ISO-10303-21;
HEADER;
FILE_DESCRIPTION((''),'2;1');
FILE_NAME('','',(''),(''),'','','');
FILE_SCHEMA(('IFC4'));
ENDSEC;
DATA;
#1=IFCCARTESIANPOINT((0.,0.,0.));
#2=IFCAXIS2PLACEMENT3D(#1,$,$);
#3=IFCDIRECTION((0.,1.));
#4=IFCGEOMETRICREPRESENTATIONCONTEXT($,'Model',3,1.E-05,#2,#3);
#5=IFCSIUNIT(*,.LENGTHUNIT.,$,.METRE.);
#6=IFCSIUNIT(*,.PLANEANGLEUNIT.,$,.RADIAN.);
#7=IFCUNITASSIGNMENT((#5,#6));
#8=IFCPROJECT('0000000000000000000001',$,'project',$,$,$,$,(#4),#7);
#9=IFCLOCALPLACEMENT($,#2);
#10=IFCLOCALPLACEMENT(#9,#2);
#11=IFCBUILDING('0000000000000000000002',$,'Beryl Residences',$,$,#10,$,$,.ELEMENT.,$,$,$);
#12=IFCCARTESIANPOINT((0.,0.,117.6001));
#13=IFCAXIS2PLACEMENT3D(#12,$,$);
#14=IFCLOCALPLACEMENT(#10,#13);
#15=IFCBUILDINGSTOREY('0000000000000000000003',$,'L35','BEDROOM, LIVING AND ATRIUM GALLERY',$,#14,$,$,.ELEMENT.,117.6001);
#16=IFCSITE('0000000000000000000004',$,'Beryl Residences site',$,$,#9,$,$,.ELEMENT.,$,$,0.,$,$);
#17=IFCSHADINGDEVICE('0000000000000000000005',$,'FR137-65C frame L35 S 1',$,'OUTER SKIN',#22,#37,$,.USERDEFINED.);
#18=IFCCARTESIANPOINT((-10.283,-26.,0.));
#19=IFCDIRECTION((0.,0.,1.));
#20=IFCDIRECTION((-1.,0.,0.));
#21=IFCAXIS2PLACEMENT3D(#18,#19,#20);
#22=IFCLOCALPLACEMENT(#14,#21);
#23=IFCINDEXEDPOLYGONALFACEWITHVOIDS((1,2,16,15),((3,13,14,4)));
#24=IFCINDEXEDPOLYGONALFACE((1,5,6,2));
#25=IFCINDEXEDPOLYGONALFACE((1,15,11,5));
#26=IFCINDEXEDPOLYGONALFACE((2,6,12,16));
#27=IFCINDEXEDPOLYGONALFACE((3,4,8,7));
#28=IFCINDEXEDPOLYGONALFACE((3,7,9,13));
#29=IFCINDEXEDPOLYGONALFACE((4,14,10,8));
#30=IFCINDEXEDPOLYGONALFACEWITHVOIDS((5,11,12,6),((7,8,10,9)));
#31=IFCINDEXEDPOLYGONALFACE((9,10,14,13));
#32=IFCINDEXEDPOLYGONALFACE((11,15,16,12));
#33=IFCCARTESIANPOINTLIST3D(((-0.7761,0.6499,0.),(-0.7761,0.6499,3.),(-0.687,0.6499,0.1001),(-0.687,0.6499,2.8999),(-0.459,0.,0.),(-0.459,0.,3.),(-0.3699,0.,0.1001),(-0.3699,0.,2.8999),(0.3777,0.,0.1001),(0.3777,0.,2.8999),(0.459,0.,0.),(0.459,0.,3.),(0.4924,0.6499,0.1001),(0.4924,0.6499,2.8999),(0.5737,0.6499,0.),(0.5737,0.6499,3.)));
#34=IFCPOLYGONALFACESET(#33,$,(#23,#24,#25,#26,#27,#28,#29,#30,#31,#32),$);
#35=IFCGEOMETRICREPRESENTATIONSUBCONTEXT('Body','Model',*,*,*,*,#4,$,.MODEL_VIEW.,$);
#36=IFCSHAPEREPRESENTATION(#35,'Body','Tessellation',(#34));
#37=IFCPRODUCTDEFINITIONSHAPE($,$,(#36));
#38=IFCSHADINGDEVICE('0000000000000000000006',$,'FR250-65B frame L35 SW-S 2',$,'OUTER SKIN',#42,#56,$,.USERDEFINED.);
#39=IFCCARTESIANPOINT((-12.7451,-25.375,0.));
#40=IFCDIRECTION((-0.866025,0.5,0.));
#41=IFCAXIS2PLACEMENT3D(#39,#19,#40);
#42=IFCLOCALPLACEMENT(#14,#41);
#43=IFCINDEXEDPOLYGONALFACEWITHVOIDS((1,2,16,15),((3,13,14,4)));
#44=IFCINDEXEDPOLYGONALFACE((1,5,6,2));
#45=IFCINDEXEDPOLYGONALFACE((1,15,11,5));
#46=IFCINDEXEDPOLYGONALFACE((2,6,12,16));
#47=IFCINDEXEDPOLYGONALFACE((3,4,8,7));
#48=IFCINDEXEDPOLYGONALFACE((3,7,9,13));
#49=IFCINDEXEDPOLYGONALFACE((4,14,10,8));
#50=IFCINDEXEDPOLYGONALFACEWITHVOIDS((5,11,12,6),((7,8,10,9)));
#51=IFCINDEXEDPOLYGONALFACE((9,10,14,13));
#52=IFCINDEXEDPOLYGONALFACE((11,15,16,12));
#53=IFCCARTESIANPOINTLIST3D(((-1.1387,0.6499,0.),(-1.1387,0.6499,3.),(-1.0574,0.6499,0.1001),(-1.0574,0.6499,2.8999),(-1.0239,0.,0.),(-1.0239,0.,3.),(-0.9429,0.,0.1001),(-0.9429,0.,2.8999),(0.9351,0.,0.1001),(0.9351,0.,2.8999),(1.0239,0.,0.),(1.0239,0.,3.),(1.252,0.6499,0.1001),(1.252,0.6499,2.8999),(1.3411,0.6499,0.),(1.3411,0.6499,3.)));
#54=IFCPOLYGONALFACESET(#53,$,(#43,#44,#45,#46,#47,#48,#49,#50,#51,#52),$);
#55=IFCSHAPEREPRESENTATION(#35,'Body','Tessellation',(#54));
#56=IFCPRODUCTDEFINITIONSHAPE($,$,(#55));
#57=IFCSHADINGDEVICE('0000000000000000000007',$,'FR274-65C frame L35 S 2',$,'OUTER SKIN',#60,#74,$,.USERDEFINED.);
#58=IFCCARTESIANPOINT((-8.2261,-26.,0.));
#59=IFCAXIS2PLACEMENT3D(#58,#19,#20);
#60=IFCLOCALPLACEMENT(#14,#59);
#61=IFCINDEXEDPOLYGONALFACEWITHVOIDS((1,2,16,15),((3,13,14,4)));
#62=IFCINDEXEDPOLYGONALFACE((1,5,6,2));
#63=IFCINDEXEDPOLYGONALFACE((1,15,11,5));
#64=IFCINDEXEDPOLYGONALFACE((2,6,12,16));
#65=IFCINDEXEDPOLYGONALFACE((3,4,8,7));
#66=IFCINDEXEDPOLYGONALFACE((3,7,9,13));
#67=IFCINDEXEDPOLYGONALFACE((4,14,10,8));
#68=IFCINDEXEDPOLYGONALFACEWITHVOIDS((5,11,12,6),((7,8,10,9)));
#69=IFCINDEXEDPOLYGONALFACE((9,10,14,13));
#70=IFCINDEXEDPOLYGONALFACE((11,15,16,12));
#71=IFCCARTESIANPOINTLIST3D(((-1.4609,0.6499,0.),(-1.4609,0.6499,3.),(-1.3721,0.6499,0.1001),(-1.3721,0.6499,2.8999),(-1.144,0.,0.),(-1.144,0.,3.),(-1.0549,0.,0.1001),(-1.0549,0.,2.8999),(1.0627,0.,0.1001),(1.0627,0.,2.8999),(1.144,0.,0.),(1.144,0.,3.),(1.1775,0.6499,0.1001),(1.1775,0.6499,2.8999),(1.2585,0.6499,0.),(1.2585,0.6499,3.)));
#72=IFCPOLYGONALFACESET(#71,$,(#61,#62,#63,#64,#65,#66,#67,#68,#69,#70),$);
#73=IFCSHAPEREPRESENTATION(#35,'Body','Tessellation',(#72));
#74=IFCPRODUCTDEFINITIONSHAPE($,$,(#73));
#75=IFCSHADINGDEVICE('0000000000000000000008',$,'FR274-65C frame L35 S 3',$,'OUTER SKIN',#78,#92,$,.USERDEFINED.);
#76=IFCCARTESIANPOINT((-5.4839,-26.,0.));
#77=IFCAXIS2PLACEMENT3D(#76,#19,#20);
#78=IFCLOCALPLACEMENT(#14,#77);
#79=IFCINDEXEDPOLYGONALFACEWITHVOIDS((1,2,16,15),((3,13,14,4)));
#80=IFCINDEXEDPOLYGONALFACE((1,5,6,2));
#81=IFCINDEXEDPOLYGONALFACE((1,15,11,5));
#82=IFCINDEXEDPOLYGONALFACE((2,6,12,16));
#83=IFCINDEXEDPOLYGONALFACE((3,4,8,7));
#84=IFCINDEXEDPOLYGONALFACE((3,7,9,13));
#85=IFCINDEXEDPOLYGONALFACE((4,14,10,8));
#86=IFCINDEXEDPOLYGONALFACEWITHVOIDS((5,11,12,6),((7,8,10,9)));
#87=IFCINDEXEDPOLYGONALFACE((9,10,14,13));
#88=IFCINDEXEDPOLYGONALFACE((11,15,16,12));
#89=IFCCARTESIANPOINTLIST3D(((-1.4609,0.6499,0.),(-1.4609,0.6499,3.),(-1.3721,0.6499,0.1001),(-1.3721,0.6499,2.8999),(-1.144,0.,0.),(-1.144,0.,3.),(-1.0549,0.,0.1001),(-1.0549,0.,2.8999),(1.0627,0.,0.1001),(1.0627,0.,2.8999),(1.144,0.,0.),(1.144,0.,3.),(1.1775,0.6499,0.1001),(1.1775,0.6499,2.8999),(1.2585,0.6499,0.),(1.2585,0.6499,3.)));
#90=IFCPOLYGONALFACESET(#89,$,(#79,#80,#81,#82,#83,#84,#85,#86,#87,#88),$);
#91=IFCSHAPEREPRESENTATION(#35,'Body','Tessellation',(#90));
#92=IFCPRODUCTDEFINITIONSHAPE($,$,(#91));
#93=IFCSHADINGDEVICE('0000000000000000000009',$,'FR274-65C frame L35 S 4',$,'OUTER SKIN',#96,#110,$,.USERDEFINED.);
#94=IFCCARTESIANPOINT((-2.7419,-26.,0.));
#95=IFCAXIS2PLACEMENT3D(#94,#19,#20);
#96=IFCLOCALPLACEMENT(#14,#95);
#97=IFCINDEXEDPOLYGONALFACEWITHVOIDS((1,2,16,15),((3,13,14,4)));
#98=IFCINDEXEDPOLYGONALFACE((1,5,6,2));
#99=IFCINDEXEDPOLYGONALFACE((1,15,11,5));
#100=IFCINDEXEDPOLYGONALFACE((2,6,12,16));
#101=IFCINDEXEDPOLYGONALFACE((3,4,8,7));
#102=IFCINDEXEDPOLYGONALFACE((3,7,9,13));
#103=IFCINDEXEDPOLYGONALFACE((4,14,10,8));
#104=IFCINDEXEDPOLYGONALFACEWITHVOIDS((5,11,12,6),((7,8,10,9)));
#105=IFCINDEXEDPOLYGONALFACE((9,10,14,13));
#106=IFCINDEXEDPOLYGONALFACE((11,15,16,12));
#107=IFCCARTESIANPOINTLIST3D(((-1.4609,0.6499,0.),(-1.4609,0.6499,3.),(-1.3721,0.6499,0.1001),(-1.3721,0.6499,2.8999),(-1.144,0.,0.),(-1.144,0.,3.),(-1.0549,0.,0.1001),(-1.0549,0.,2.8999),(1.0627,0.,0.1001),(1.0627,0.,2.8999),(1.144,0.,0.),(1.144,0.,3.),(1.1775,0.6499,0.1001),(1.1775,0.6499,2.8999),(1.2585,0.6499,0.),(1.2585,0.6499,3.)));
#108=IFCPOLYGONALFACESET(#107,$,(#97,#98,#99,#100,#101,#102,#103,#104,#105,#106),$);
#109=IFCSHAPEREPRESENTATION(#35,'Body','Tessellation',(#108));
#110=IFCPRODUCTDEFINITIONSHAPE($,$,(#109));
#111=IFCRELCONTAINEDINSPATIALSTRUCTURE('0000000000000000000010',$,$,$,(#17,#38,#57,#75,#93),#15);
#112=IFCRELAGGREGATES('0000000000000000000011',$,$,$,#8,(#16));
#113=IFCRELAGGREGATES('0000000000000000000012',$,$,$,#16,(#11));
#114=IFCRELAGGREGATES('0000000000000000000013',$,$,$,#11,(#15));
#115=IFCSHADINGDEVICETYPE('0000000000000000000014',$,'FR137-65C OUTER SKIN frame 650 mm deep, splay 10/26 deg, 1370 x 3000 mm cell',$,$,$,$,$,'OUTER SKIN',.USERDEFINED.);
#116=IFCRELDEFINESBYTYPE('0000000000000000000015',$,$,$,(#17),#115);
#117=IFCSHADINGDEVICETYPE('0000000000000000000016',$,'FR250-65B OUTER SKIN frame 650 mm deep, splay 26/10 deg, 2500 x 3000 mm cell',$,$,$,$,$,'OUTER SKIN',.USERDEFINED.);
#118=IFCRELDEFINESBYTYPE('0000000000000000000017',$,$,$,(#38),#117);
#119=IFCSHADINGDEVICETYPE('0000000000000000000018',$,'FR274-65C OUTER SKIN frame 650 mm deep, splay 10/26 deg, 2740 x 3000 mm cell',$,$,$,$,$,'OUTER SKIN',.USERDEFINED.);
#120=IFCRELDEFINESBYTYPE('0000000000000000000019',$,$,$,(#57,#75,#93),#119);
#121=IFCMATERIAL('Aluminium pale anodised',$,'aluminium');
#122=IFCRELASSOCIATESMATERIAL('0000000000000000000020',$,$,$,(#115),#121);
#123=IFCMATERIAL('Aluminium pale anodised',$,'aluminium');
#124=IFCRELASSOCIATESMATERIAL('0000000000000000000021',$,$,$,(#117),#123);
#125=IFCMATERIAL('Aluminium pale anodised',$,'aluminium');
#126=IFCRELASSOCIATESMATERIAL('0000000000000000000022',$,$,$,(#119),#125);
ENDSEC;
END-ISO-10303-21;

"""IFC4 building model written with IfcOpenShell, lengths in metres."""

from ifc_helpers import new_model, entity, si_unit, direction, frame, origin, place, context, subcontext, project, spatial, source, transform, mapped, material, type_object, type_shapes, element, save


model = new_model("IFC4")

# Units and contexts
model_context = context("Model", 3, precision=1e-05, world=origin(), true_north=direction((0.0, 1.0)))
body_context = subcontext(model_context, "Body", "Model", "MODEL_VIEW")
ifc_project = project(units=[si_unit("LENGTHUNIT", "METRE"), si_unit("PLANEANGLEUNIT", "RADIAN")], contexts=[model_context])

# Site, building, storey
site_placement = place(None, origin())
site = spatial("IfcSite", under=ifc_project, at=site_placement, Name="Beryl Residences site", CompositionType="ELEMENT", RefElevation=0.0)
building_placement = place(site_placement, origin())
building = spatial("IfcBuilding", under=site, at=building_placement, Name="Beryl Residences", CompositionType="ELEMENT")
storey_placement = place(building_placement, frame((0.0, 0.0, 117.6001)))
storey = spatial("IfcBuildingStorey", under=building, at=storey_placement, Name="L35", Description="BEDROOM, LIVING AND ATRIUM GALLERY", CompositionType="ELEMENT", Elevation=117.6001)

# Shading devices
ifc_material_1 = material(Name="Aluminium pale anodised", Category="aluminium")
shading_device_type_1 = type_object("IfcShadingDeviceType", Name="FR137-65C OUTER SKIN frame 650 mm deep, splay 10/26 deg, 1370 x 3000 mm cell", ElementType="OUTER SKIN", PredefinedType="USERDEFINED", material=ifc_material_1)
cartesian_point_1 = entity("IfcCartesianPoint", [-0.459, 0.0])
cartesian_point_2 = entity("IfcCartesianPoint", [-0.3777, 0.1001])
cartesian_point_3 = entity("IfcCartesianPoint", [-0.5737, 0.0])
cartesian_point_4 = entity("IfcCartesianPoint", [-0.4924, 0.1001])
shared_shape_1 = source(origin(), body_context, "Body", "SweptSolid", [
    entity("IfcExtrudedAreaSolidTapered", entity("IfcArbitraryProfileDefWithVoids", "AREA", None, entity("IfcPolyline", [cartesian_point_1, entity("IfcCartesianPoint", [0.459, 0.0]), entity("IfcCartesianPoint", [0.459, 3.0]), entity("IfcCartesianPoint", [-0.459, 3.0]), cartesian_point_1]), [entity("IfcPolyline", [cartesian_point_2, entity("IfcCartesianPoint", [0.3699, 0.1001]), entity("IfcCartesianPoint", [0.3699, 2.8999]), entity("IfcCartesianPoint", [-0.3777, 2.8999]), cartesian_point_2])]), entity("IfcAxis2Placement3D", entity("IfcCartesianPoint", [0.0, 0.0, 0.0]), entity("IfcDirection", [0.0, 1.0, 0.0]), entity("IfcDirection", [-1.0, 0.0, 0.0])), entity("IfcDirection", [0.0, 0.0, 1.0]), 0.6499, entity("IfcArbitraryProfileDefWithVoids", "AREA", None, entity("IfcPolyline", [cartesian_point_3, entity("IfcCartesianPoint", [0.7761, 0.0]), entity("IfcCartesianPoint", [0.7761, 3.0]), entity("IfcCartesianPoint", [-0.5737, 3.0]), cartesian_point_3]), [entity("IfcPolyline", [cartesian_point_4, entity("IfcCartesianPoint", [0.687, 0.1001]), entity("IfcCartesianPoint", [0.687, 2.8999]), entity("IfcCartesianPoint", [-0.4924, 2.8999]), cartesian_point_4])])),
])
type_shapes(shading_device_type_1, [shared_shape_1])
shading_device_1_placement = place(storey_placement, frame((-10.283, -26.0, 0.0), z_axis=(0.0, 0.0, 1.0), x_axis=(-1.0, 0.0, 0.0)))
element("IfcShadingDevice", 1, at=shading_device_1_placement, inside=storey, type_object=shading_device_type_1, Name="FR137-65C frame L35 S 1", ObjectType="OUTER SKIN", PredefinedType="USERDEFINED", context=body_context, shape_type="MappedRepresentation", body=[
    mapped(shared_shape_1, transform((0.0, 0.0, 0.0))),
])
ifc_material_2 = material(Name="Aluminium pale anodised", Category="aluminium")
shading_device_type_2 = type_object("IfcShadingDeviceType", Name="FR250-65B OUTER SKIN frame 650 mm deep, splay 26/10 deg, 2500 x 3000 mm cell", ElementType="OUTER SKIN", PredefinedType="USERDEFINED", material=ifc_material_2)
cartesian_point_5 = entity("IfcCartesianPoint", [-1.0239, 0.0])
cartesian_point_6 = entity("IfcCartesianPoint", [-0.9351, 0.1001])
cartesian_point_7 = entity("IfcCartesianPoint", [-1.3411, 0.0])
cartesian_point_8 = entity("IfcCartesianPoint", [-1.252, 0.1001])
shared_shape_2 = source(origin(), body_context, "Body", "SweptSolid", [
    entity("IfcExtrudedAreaSolidTapered", entity("IfcArbitraryProfileDefWithVoids", "AREA", None, entity("IfcPolyline", [cartesian_point_5, entity("IfcCartesianPoint", [1.0239, 0.0]), entity("IfcCartesianPoint", [1.0239, 3.0]), entity("IfcCartesianPoint", [-1.0239, 3.0]), cartesian_point_5]), [entity("IfcPolyline", [cartesian_point_6, entity("IfcCartesianPoint", [0.9429, 0.1001]), entity("IfcCartesianPoint", [0.9429, 2.8999]), entity("IfcCartesianPoint", [-0.9351, 2.8999]), cartesian_point_6])]), entity("IfcAxis2Placement3D", entity("IfcCartesianPoint", [0.0, 0.0, 0.0]), entity("IfcDirection", [0.0, 1.0, 0.0]), entity("IfcDirection", [-1.0, 0.0, 0.0])), entity("IfcDirection", [0.0, 0.0, 1.0]), 0.6499, entity("IfcArbitraryProfileDefWithVoids", "AREA", None, entity("IfcPolyline", [cartesian_point_7, entity("IfcCartesianPoint", [1.1387, 0.0]), entity("IfcCartesianPoint", [1.1387, 3.0]), entity("IfcCartesianPoint", [-1.3411, 3.0]), cartesian_point_7]), [entity("IfcPolyline", [cartesian_point_8, entity("IfcCartesianPoint", [1.0574, 0.1001]), entity("IfcCartesianPoint", [1.0574, 2.8999]), entity("IfcCartesianPoint", [-1.252, 2.8999]), cartesian_point_8])])),
])
type_shapes(shading_device_type_2, [shared_shape_2])
shading_device_2_placement = place(storey_placement, frame((-12.7451, -25.375, 0.0), z_axis=(0.0, 0.0, 1.0), x_axis=(-0.866025, 0.5, 0.0)))
element("IfcShadingDevice", 2, at=shading_device_2_placement, inside=storey, type_object=shading_device_type_2, Name="FR250-65B frame L35 SW-S 2", ObjectType="OUTER SKIN", PredefinedType="USERDEFINED", context=body_context, shape_type="MappedRepresentation", body=[
    mapped(shared_shape_2, transform((0.0, 0.0, 0.0))),
])
ifc_material_3 = material(Name="Aluminium pale anodised", Category="aluminium")
shading_device_type_3 = type_object("IfcShadingDeviceType", Name="FR274-65C OUTER SKIN frame 650 mm deep, splay 10/26 deg, 2740 x 3000 mm cell", ElementType="OUTER SKIN", PredefinedType="USERDEFINED", material=ifc_material_3)
cartesian_point_9 = entity("IfcCartesianPoint", [-1.144, 0.0])
cartesian_point_10 = entity("IfcCartesianPoint", [-1.0627, 0.1001])
cartesian_point_11 = entity("IfcCartesianPoint", [-1.2585, 0.0])
cartesian_point_12 = entity("IfcCartesianPoint", [-1.1775, 0.1001])
shared_shape_3 = source(origin(), body_context, "Body", "SweptSolid", [
    entity("IfcExtrudedAreaSolidTapered", entity("IfcArbitraryProfileDefWithVoids", "AREA", None, entity("IfcPolyline", [cartesian_point_9, entity("IfcCartesianPoint", [1.144, 0.0]), entity("IfcCartesianPoint", [1.144, 3.0]), entity("IfcCartesianPoint", [-1.144, 3.0]), cartesian_point_9]), [entity("IfcPolyline", [cartesian_point_10, entity("IfcCartesianPoint", [1.0549, 0.1001]), entity("IfcCartesianPoint", [1.0549, 2.8999]), entity("IfcCartesianPoint", [-1.0627, 2.8999]), cartesian_point_10])]), entity("IfcAxis2Placement3D", entity("IfcCartesianPoint", [0.0, 0.0, 0.0]), entity("IfcDirection", [0.0, 1.0, 0.0]), entity("IfcDirection", [-1.0, 0.0, 0.0])), entity("IfcDirection", [0.0, 0.0, 1.0]), 0.6499, entity("IfcArbitraryProfileDefWithVoids", "AREA", None, entity("IfcPolyline", [cartesian_point_11, entity("IfcCartesianPoint", [1.4609, 0.0]), entity("IfcCartesianPoint", [1.4609, 3.0]), entity("IfcCartesianPoint", [-1.2585, 3.0]), cartesian_point_11]), [entity("IfcPolyline", [cartesian_point_12, entity("IfcCartesianPoint", [1.3721, 0.1001]), entity("IfcCartesianPoint", [1.3721, 2.8999]), entity("IfcCartesianPoint", [-1.1775, 2.8999]), cartesian_point_12])])),
])
type_shapes(shading_device_type_3, [shared_shape_3])
for number, where, z_axis, x_axis, name in (
    (3, (-8.2261, -26.0, 0.0), (0.0, 0.0, 1.0), (-1.0, 0.0, 0.0), "FR274-65C frame L35 S 2"),
    (4, (-5.4839, -26.0, 0.0), (0.0, 0.0, 1.0), (-1.0, 0.0, 0.0), "FR274-65C frame L35 S 3"),
    (5, (-2.7419, -26.0, 0.0), (0.0, 0.0, 1.0), (-1.0, 0.0, 0.0), "FR274-65C frame L35 S 4"),
):
    element("IfcShadingDevice", number, at=place(storey_placement, frame(where, z_axis=z_axis, x_axis=x_axis)), inside=storey, type_object=shading_device_type_3, Name=name, ObjectType="OUTER SKIN", PredefinedType="USERDEFINED", context=body_context, shape_type="MappedRepresentation", body=[
        mapped(shared_shape_3, transform((0.0, 0.0, 0.0))),
    ])

save(model, "model.ifc")
